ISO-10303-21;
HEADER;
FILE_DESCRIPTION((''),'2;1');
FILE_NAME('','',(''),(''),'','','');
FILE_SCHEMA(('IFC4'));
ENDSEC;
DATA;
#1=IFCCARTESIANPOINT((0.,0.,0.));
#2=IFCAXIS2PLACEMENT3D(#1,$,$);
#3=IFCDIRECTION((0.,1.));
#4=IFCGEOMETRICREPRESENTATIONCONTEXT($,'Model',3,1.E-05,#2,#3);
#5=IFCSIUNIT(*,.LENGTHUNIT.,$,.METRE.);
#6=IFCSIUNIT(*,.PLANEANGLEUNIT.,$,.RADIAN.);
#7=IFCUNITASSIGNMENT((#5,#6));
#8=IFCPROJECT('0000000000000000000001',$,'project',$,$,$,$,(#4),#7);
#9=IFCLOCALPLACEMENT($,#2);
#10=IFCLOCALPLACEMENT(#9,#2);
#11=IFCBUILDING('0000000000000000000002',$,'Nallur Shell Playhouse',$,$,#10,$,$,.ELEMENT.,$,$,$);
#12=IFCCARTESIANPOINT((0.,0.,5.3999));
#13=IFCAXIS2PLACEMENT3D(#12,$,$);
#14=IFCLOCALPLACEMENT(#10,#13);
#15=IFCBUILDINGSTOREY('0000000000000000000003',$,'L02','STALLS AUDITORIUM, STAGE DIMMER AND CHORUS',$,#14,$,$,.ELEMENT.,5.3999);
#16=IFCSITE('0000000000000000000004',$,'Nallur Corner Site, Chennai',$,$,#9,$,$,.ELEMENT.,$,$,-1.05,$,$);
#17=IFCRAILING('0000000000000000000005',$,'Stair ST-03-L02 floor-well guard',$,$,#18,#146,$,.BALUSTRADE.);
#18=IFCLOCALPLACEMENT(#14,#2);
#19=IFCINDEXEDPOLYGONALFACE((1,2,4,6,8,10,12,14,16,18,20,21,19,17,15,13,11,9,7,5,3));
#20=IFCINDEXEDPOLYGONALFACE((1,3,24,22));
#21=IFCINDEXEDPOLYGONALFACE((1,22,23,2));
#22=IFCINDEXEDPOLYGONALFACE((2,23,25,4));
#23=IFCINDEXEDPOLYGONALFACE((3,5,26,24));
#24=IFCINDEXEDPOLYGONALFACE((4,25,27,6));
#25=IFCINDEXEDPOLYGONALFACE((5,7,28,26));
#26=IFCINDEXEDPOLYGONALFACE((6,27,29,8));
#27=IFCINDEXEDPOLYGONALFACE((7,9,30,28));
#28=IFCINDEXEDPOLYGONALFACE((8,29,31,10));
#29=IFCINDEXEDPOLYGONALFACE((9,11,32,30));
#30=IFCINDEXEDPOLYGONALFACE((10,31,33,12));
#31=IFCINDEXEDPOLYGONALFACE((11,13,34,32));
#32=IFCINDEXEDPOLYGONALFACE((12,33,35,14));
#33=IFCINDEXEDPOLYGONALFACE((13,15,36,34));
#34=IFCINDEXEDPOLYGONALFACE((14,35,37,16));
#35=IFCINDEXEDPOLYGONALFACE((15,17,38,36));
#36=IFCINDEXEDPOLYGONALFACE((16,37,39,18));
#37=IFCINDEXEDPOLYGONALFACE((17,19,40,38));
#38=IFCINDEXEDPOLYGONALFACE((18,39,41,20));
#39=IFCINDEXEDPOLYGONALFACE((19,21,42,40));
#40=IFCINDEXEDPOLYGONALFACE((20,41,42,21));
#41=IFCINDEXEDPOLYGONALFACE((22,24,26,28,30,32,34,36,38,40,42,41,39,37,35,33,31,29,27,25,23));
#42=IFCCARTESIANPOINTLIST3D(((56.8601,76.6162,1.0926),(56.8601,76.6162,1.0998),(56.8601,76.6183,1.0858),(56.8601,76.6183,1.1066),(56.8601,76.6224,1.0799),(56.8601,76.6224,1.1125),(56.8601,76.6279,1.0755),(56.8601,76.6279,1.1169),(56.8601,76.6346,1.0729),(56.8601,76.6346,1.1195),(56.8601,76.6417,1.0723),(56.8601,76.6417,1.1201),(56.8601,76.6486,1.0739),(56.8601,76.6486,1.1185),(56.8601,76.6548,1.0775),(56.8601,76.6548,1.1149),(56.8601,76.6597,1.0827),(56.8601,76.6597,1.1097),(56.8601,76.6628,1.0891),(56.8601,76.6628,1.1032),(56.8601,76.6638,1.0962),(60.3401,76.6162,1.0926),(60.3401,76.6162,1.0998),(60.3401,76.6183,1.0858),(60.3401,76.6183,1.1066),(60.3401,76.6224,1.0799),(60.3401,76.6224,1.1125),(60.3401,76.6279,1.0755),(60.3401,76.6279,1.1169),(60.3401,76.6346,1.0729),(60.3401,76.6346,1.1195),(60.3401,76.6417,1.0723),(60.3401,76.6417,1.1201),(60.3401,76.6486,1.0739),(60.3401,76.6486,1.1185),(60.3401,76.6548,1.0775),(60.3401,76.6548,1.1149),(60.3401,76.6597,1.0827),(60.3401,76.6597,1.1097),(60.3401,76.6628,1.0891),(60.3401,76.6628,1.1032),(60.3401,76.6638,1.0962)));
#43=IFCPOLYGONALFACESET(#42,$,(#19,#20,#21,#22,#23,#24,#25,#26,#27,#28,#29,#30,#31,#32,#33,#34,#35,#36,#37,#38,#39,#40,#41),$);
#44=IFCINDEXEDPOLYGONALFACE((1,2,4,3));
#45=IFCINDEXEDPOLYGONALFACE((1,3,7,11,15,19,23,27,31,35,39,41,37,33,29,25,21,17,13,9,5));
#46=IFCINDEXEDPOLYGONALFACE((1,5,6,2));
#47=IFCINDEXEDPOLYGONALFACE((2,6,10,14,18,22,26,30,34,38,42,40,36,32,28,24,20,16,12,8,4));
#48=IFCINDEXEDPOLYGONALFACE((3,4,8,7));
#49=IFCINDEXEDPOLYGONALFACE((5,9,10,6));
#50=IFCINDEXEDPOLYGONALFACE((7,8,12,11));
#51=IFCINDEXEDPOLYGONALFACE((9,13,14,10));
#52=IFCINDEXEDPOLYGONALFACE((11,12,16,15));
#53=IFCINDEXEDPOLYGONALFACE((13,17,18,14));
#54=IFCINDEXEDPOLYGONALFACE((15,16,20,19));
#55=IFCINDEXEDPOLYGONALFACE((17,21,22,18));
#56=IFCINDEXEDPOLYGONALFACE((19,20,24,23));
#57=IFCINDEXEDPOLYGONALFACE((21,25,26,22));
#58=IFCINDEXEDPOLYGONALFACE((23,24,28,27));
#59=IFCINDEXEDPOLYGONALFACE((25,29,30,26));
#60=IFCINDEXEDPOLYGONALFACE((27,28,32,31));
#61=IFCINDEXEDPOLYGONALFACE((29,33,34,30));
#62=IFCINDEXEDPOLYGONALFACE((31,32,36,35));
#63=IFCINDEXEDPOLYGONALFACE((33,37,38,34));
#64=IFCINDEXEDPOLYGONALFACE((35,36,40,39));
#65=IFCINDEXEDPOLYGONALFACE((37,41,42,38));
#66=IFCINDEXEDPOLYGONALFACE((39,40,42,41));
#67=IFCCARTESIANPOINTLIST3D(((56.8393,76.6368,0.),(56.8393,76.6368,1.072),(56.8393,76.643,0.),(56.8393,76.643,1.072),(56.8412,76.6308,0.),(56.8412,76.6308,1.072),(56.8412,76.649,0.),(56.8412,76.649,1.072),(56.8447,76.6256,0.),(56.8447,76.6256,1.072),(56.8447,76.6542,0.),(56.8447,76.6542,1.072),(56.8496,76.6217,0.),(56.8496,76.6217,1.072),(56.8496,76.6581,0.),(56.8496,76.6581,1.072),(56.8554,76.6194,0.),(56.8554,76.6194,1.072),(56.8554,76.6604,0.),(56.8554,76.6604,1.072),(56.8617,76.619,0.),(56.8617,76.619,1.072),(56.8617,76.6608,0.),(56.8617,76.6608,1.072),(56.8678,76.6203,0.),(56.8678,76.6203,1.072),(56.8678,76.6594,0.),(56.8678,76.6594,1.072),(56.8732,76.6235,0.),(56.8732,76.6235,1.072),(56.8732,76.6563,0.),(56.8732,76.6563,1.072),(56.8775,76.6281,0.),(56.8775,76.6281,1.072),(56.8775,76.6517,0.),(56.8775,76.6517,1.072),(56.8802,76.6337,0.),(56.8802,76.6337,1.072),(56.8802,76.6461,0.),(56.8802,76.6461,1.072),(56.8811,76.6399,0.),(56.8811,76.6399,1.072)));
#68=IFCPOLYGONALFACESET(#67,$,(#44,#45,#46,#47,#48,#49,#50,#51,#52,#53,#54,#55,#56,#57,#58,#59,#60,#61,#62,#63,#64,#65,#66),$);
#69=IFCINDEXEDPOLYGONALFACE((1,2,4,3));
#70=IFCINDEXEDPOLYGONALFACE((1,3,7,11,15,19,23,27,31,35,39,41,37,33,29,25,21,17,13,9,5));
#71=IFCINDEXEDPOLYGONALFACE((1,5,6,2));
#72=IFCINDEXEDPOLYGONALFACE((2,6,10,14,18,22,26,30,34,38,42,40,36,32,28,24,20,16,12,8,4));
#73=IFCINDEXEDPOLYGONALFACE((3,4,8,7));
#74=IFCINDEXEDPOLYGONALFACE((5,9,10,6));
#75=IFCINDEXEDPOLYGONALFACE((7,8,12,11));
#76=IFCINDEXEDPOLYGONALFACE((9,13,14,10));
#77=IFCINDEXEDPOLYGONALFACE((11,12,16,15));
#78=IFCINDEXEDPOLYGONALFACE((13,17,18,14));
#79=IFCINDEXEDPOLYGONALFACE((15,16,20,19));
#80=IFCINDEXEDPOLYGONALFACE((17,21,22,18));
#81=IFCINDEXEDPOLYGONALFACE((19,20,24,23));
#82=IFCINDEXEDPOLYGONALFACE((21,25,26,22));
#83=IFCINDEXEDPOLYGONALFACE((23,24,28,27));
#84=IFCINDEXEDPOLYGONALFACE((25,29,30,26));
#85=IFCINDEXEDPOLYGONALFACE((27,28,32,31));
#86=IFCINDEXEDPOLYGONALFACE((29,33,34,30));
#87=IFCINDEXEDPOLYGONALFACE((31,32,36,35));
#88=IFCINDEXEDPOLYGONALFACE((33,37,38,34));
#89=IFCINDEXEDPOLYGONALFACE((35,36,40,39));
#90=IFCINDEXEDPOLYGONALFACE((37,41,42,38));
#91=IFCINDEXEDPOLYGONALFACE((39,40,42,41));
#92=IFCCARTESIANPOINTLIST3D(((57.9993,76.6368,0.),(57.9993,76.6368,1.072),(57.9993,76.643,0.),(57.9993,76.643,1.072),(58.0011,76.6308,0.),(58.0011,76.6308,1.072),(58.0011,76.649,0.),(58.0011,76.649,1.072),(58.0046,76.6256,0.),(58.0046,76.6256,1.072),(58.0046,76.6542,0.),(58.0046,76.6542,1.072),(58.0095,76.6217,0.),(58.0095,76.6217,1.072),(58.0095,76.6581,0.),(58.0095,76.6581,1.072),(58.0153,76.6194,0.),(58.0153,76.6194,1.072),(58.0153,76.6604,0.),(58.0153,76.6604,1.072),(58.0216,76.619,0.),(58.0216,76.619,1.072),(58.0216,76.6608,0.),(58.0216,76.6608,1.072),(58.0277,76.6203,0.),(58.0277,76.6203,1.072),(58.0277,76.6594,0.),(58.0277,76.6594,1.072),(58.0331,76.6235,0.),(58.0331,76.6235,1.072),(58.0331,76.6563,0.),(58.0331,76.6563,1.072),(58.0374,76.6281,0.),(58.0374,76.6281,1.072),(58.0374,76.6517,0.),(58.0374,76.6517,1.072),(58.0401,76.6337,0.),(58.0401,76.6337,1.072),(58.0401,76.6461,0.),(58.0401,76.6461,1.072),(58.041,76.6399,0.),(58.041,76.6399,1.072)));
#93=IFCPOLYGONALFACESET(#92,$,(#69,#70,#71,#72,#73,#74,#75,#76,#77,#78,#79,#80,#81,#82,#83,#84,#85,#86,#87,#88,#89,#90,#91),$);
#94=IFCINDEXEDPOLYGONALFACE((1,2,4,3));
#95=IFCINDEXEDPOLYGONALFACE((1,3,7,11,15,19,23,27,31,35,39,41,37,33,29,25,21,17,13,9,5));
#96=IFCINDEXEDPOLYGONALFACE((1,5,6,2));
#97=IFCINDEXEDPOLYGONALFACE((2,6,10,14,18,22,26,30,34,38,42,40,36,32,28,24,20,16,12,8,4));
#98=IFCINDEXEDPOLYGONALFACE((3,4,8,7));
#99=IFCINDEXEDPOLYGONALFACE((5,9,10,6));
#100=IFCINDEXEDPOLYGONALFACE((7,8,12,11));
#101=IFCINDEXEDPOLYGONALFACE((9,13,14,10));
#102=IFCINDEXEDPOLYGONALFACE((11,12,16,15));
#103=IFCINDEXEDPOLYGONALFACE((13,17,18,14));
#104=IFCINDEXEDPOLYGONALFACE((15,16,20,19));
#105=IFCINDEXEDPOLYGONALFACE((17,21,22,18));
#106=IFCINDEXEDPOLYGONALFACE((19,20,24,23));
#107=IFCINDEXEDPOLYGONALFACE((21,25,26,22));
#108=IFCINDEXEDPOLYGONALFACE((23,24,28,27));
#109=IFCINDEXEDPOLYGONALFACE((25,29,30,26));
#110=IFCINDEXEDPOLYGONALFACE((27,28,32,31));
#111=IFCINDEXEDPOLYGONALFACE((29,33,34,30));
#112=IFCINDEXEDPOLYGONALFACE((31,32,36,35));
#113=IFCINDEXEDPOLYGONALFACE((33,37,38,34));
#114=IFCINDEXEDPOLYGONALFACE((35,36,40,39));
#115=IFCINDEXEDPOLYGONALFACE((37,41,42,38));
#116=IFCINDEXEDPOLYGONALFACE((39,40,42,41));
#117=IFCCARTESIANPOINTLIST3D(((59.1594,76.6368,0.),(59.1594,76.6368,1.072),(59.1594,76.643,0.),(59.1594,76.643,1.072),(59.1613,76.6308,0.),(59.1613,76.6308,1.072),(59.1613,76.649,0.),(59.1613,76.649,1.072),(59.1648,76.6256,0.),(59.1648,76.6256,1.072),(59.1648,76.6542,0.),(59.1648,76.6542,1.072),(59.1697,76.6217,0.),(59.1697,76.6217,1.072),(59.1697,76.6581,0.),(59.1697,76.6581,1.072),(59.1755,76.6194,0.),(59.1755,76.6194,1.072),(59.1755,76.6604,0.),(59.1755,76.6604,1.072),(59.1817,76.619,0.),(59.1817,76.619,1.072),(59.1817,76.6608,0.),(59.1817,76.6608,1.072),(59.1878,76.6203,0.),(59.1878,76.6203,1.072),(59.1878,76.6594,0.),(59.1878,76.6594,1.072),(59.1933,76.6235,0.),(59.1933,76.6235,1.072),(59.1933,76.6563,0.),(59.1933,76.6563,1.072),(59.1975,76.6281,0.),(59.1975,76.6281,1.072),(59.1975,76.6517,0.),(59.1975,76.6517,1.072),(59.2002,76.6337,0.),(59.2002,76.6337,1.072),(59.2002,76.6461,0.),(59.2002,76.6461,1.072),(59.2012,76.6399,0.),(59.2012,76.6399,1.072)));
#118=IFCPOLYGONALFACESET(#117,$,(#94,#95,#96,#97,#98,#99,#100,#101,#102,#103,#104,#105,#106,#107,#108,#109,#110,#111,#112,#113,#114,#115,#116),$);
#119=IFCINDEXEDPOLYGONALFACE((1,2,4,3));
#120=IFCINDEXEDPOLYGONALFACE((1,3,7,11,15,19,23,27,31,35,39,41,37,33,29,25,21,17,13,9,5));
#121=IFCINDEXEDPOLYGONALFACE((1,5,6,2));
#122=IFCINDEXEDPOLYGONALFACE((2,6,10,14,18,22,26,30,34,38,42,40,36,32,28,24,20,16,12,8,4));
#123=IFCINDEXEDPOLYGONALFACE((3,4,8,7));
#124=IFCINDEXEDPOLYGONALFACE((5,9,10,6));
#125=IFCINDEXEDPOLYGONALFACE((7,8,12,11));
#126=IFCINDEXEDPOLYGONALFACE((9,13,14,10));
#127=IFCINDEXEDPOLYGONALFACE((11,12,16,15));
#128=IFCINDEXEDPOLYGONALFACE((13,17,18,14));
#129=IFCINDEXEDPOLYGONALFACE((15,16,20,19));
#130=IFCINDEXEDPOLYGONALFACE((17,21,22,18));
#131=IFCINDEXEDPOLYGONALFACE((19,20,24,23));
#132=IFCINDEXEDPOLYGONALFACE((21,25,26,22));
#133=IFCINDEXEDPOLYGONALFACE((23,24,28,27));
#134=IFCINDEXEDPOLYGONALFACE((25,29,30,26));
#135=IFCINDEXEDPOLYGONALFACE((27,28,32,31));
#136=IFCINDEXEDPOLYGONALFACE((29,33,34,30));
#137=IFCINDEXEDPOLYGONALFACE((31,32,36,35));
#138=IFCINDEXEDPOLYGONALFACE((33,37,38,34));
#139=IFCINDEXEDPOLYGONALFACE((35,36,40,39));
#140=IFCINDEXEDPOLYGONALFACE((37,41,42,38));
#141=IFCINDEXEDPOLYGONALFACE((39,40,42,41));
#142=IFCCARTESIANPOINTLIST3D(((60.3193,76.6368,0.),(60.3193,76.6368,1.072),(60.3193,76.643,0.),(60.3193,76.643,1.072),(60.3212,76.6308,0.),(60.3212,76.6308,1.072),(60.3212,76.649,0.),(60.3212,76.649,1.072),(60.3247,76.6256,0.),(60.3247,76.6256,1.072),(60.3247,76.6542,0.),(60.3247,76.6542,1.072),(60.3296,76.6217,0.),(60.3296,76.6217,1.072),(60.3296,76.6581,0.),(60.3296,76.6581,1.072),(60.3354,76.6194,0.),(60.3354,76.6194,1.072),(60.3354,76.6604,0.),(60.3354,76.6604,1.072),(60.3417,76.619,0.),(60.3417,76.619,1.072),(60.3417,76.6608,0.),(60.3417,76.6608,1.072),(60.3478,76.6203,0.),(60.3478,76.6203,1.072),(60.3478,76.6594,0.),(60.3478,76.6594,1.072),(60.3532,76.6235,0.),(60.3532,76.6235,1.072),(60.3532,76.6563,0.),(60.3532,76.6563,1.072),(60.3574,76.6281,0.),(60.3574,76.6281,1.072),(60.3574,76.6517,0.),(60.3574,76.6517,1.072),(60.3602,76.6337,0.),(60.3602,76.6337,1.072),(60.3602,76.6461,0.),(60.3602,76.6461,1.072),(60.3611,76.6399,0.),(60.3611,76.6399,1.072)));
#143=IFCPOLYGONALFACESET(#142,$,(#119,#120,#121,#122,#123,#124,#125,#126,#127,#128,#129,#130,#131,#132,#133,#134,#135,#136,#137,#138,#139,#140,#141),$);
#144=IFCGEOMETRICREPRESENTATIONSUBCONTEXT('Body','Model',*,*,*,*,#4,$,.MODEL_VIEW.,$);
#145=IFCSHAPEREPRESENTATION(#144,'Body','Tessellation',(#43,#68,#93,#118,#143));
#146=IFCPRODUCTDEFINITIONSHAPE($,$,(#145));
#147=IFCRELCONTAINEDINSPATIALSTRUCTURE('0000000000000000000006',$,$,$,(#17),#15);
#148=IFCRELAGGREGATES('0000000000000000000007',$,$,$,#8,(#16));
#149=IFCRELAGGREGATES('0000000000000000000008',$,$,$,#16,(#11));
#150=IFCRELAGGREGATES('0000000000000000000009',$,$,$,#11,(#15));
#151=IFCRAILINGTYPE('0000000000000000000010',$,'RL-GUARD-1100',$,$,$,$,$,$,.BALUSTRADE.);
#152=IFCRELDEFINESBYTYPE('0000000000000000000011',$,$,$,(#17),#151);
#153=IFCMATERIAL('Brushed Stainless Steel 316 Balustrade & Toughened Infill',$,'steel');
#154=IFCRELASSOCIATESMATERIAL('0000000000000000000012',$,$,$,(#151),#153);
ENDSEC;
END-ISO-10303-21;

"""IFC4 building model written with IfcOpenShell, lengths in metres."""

from ifc_helpers import new_model, si_unit, direction, frame, origin, origin_2d, place, context, subcontext, project, spatial, circle, extrude, material, type_object, element, save


model = new_model("IFC4")

# Units and contexts
model_context = context("Model", 3, precision=1e-05, world=origin(), true_north=direction((0.0, 1.0)))
body_context = subcontext(model_context, "Body", "Model", "MODEL_VIEW")
ifc_project = project(units=[si_unit("LENGTHUNIT", "METRE"), si_unit("PLANEANGLEUNIT", "RADIAN")], contexts=[model_context])

# Site, building, storey
site_placement = place(None, origin())
site = spatial("IfcSite", under=ifc_project, at=site_placement, Name="Nallur Corner Site, Chennai", CompositionType="ELEMENT", RefElevation=-1.05)
building_placement = place(site_placement, origin())
building = spatial("IfcBuilding", under=site, at=building_placement, Name="Nallur Shell Playhouse", CompositionType="ELEMENT")
storey_placement = place(building_placement, frame((0.0, 0.0, 5.3999)))
storey = spatial("IfcBuildingStorey", under=building, at=storey_placement, Name="L02", Description="STALLS AUDITORIUM, STAGE DIMMER AND CHORUS", CompositionType="ELEMENT", Elevation=5.3999)

# Railing
ifc_material_1 = material(Name="Brushed Stainless Steel 316 Balustrade & Toughened Infill", Category="steel")
railing_type_1 = type_object("IfcRailingType", Name="RL-GUARD-1100", PredefinedType="BALUSTRADE", material=ifc_material_1)
railing_1_placement = place(storey_placement, frame((56.8601, 76.6399, 0.0)))
element("IfcRailing", 1, at=railing_1_placement, inside=storey, type_object=railing_type_1, Name="Stair ST-03-L02 floor-well guard", PredefinedType="BALUSTRADE", context=body_context, shape_type="SweptSolid", body=[
    extrude(circle(Radius=0.0239, at=origin_2d()), frame((0.0, 0.0, 1.0962), z_axis=(1.0, 0.0, 0.0), x_axis=(0.0, 1.0, 0.0)), (0.0, 0.0, 1.0), 3.48),
    extrude(circle(Radius=0.021, at=origin_2d()), origin(), (0.0, 0.0, 1.0), 1.072),
    extrude(circle(Radius=0.021, at=origin_2d()), frame((1.1599, 0.0, 0.0)), (0.0, 0.0, 1.0), 1.072),
    extrude(circle(Radius=0.021, at=origin_2d()), frame((2.3201, 0.0, 0.0)), (0.0, 0.0, 1.0), 1.072),
    extrude(circle(Radius=0.021, at=origin_2d()), frame((3.48, 0.0, 0.0)), (0.0, 0.0, 1.0), 1.072),
])

save(model, "model.ifc")
